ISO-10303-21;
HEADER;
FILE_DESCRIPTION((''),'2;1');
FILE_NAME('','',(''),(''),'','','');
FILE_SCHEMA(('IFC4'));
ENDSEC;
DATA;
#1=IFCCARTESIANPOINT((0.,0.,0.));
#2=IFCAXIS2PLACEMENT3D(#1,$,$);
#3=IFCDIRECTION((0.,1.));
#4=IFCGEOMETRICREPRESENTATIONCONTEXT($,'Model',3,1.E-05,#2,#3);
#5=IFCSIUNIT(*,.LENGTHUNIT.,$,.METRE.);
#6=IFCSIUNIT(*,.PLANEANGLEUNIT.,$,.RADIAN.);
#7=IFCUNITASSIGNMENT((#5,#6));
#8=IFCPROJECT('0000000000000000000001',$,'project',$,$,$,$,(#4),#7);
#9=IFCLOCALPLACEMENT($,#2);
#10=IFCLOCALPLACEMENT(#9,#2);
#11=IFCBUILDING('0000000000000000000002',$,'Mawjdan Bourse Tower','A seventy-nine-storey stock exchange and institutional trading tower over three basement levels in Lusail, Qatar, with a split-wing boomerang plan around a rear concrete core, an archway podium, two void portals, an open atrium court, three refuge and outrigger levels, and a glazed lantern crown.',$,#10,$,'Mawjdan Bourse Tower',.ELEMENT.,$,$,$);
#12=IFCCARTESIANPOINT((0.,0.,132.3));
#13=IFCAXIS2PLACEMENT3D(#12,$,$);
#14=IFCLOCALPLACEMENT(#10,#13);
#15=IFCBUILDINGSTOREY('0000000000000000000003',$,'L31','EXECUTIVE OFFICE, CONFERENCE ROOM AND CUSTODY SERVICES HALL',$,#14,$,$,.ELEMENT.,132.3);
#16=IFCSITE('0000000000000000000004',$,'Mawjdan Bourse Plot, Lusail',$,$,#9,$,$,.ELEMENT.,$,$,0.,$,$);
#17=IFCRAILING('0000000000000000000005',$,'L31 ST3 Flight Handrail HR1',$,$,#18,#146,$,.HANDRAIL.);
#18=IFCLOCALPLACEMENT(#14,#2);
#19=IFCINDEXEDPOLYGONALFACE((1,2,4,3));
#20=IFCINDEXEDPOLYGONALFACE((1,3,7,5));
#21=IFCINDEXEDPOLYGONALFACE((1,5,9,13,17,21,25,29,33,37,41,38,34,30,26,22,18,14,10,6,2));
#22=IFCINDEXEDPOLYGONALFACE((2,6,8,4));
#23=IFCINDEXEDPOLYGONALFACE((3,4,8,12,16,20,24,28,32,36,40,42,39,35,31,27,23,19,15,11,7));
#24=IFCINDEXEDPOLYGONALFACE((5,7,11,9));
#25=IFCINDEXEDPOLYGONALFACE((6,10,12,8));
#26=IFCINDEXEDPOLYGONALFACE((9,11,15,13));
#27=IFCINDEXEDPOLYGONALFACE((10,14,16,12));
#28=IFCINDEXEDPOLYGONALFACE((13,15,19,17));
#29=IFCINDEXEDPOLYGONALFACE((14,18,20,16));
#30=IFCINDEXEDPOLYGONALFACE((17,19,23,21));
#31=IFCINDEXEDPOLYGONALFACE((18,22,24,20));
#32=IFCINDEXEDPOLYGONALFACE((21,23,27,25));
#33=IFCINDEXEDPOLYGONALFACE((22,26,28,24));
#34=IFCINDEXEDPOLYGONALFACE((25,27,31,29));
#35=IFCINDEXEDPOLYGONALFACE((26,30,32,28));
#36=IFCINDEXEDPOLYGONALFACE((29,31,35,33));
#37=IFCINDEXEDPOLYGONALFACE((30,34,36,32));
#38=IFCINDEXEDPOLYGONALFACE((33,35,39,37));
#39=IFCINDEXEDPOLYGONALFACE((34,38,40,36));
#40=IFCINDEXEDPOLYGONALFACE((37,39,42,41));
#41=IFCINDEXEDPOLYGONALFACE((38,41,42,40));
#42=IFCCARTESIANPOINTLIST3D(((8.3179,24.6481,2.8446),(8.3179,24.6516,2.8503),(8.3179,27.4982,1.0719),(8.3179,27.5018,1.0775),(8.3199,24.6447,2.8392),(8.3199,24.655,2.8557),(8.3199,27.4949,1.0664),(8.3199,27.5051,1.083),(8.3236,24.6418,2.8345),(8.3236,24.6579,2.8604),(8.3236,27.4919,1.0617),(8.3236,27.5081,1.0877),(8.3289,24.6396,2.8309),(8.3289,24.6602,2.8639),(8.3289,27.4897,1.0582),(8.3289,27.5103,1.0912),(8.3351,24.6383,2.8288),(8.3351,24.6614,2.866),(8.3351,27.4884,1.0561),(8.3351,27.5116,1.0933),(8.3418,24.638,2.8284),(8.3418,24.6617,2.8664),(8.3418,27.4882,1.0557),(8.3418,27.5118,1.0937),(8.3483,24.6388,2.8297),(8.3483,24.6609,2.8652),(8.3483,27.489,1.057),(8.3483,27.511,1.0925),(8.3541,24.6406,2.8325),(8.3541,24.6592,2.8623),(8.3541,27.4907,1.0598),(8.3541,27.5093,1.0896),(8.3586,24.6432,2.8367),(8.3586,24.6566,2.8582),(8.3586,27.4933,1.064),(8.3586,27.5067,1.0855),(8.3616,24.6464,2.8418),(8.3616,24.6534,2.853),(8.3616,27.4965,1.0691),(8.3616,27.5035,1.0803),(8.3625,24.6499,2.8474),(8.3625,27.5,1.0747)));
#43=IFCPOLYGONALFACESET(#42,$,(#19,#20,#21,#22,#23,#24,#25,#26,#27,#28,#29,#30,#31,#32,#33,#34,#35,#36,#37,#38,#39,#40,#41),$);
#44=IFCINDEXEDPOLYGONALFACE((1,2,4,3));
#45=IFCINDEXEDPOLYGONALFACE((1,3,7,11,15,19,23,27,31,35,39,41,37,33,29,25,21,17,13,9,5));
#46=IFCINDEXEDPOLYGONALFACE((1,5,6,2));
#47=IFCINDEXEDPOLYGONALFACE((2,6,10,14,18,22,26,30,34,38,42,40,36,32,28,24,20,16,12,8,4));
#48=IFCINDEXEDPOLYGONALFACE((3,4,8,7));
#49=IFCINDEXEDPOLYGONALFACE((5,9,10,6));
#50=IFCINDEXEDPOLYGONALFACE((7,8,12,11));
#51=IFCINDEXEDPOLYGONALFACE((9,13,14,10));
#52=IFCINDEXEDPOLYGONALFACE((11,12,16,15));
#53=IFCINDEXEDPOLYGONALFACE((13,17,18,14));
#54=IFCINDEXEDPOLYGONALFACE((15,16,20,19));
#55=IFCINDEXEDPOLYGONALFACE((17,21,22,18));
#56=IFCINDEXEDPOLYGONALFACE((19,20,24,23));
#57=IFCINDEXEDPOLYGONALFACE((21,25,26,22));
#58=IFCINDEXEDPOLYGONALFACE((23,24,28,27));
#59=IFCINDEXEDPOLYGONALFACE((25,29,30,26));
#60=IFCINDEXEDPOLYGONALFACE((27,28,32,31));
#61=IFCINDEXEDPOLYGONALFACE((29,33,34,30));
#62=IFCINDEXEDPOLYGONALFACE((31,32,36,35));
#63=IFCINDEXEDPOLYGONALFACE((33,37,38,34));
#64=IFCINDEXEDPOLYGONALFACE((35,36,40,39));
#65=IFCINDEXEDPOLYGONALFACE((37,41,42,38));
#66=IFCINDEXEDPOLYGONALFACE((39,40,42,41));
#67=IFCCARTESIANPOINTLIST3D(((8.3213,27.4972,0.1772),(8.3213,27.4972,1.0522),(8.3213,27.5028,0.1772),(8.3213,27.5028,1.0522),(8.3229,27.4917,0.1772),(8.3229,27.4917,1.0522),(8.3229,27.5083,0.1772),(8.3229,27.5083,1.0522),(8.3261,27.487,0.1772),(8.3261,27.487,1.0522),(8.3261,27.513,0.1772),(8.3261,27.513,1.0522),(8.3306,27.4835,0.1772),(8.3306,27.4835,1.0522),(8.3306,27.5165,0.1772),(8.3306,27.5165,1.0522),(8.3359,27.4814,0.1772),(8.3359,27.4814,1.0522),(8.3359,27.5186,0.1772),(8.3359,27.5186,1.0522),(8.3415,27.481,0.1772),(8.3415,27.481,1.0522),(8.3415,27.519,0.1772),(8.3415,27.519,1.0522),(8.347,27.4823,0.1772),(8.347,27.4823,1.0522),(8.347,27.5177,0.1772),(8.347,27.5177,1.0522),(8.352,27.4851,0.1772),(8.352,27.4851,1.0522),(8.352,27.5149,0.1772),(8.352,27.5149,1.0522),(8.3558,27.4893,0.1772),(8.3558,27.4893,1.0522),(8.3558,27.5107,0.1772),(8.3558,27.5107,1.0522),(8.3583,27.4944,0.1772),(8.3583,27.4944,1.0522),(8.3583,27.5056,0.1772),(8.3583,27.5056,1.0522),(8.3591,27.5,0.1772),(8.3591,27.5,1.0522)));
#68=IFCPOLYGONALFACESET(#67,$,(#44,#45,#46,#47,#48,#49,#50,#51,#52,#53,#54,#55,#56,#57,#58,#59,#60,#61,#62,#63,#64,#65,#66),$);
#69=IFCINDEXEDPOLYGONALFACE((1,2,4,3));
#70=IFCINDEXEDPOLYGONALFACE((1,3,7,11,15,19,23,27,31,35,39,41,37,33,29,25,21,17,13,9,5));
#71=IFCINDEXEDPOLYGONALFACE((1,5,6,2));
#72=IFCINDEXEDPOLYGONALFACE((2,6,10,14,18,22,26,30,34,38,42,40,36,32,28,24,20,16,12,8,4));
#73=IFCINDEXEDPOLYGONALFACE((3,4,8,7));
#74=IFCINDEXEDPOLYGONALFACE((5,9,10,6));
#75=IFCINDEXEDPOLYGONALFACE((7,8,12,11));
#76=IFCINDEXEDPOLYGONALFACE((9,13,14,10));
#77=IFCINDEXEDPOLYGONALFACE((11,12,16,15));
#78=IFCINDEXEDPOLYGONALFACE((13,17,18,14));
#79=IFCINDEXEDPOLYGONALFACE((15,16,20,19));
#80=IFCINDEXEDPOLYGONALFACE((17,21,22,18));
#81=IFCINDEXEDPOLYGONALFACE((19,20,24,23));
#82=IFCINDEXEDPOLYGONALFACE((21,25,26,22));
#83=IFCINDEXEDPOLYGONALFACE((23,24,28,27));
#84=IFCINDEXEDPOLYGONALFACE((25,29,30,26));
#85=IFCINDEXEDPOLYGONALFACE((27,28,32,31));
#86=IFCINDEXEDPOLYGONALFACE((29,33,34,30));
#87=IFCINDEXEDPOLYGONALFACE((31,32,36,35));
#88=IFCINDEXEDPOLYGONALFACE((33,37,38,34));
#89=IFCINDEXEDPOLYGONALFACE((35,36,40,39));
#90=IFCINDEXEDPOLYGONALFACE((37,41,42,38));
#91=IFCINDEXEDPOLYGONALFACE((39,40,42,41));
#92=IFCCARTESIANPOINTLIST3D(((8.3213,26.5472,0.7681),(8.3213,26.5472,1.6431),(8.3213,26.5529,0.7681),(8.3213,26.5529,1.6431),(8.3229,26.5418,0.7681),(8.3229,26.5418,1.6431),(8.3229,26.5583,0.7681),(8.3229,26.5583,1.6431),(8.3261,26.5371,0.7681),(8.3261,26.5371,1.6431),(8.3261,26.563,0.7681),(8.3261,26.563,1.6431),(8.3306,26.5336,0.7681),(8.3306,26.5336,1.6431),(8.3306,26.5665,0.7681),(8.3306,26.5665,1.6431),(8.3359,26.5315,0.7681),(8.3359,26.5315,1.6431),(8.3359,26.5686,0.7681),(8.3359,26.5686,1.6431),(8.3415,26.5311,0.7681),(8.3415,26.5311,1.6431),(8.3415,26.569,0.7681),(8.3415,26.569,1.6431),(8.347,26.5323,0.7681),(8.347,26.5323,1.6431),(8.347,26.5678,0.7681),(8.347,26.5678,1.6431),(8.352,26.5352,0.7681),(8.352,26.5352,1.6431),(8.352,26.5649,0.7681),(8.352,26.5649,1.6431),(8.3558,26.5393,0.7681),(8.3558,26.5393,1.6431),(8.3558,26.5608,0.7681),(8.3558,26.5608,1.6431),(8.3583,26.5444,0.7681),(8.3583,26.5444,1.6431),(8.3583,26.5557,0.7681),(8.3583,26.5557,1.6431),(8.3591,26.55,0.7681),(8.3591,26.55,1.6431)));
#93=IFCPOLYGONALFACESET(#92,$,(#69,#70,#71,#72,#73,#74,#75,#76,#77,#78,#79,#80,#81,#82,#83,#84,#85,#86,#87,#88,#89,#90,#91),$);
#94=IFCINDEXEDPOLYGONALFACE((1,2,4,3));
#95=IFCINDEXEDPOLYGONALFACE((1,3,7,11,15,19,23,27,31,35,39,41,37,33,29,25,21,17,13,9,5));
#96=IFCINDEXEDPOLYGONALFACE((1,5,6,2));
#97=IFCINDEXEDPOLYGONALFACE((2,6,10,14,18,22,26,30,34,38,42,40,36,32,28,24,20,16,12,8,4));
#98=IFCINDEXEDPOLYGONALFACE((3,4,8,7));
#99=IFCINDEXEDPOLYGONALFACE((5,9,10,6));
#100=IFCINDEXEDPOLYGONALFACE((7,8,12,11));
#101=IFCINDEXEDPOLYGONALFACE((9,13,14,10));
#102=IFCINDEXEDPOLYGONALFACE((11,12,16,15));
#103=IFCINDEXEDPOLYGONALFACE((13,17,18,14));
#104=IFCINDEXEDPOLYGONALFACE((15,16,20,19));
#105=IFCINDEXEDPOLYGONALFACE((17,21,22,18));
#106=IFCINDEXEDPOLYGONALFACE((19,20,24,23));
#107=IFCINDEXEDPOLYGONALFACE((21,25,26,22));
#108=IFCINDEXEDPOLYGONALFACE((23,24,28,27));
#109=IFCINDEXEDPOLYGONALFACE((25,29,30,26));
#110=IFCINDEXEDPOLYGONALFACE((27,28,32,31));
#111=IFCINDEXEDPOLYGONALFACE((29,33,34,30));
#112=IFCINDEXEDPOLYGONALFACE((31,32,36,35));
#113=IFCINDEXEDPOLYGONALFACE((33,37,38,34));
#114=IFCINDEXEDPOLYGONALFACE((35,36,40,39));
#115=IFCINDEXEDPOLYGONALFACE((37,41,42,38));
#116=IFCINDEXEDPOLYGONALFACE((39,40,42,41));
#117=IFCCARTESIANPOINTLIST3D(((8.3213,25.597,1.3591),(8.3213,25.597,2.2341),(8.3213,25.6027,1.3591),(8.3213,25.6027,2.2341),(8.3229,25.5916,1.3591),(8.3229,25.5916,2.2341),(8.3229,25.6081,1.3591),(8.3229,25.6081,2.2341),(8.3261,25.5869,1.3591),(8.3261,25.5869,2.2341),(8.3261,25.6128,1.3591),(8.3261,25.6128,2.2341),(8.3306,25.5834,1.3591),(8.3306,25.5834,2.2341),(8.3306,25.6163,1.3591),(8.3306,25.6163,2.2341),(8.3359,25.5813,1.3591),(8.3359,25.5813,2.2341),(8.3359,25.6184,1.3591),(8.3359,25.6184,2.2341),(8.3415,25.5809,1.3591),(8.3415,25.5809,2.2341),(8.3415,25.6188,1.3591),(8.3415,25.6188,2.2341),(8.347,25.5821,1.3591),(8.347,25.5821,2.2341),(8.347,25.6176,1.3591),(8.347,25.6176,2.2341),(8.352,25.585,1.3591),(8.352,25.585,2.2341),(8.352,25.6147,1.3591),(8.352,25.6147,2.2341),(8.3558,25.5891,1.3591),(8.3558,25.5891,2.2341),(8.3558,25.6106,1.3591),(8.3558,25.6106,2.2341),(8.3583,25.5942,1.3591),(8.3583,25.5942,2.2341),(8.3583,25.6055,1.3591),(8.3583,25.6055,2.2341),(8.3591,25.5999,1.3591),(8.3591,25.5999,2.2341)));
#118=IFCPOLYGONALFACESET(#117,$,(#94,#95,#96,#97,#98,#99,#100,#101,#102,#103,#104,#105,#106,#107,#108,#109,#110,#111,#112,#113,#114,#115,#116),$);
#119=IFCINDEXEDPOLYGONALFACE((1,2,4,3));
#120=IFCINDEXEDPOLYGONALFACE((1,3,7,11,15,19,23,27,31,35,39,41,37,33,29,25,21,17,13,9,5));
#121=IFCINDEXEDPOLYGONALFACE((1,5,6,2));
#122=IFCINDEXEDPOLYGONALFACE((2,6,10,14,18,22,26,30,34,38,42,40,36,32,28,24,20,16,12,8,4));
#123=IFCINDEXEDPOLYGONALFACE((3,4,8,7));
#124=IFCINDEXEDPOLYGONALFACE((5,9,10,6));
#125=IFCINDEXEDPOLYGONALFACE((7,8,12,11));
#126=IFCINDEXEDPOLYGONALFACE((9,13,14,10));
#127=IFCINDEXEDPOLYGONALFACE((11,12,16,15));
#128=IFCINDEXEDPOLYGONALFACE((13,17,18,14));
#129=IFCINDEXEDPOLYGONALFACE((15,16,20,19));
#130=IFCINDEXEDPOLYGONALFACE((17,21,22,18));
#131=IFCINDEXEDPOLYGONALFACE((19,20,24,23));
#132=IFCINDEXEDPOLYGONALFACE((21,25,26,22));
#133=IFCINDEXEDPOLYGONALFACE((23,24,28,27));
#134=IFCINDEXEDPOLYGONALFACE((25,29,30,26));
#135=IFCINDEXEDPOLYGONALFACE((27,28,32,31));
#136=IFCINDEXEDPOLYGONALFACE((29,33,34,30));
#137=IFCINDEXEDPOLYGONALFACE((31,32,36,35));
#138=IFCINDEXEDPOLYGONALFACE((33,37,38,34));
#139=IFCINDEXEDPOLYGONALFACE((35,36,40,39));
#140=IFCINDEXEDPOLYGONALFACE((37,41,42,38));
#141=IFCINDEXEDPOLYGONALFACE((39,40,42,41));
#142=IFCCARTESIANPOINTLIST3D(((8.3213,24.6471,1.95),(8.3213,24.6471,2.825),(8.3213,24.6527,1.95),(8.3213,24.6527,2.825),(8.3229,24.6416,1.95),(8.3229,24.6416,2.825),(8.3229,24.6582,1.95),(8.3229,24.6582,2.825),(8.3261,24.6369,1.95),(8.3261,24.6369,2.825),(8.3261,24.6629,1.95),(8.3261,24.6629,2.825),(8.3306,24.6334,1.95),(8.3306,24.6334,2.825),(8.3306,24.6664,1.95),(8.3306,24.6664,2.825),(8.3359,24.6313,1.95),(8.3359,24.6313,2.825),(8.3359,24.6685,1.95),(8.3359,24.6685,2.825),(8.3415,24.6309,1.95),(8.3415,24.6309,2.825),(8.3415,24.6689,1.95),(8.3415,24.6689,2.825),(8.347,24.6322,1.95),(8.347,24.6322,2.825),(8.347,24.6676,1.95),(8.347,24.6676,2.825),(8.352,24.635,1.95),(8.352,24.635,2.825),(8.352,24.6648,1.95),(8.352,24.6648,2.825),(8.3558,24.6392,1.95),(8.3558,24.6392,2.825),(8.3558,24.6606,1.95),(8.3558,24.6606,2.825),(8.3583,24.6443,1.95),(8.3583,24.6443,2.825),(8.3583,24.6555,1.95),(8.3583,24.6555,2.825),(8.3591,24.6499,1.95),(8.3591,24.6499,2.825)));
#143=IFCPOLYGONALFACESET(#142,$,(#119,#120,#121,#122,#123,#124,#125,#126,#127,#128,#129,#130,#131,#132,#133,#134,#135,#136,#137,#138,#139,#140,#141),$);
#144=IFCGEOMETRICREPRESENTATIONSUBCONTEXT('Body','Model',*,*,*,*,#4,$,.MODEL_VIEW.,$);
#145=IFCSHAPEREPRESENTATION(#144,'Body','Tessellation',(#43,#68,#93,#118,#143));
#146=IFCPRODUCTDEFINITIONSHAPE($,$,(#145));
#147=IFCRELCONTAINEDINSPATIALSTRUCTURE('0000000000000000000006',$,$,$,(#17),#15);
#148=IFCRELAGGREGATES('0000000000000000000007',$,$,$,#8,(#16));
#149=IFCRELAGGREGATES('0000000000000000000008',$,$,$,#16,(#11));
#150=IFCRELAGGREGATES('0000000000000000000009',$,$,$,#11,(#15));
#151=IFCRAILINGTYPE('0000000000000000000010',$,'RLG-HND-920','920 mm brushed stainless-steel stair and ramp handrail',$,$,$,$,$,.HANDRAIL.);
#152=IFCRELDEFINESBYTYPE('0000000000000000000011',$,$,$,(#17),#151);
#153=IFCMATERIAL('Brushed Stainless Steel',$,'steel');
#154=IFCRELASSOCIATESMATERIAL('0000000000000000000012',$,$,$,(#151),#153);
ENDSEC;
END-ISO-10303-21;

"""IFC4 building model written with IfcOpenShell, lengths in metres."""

from ifc_helpers import new_model, si_unit, direction, frame, origin, origin_2d, place, context, subcontext, project, spatial, circle, extrude, material, type_object, element, save


model = new_model("IFC4")

# Units and contexts
model_context = context("Model", 3, precision=1e-05, world=origin(), true_north=direction((0.0, 1.0)))
body_context = subcontext(model_context, "Body", "Model", "MODEL_VIEW")
ifc_project = project(units=[si_unit("LENGTHUNIT", "METRE"), si_unit("PLANEANGLEUNIT", "RADIAN")], contexts=[model_context])

# Site, building, storey
site_placement = place(None, origin())
site = spatial("IfcSite", under=ifc_project, at=site_placement, Name="Mawjdan Bourse Plot, Lusail", CompositionType="ELEMENT", RefElevation=0.0)
building_placement = place(site_placement, origin())
building = spatial("IfcBuilding", under=site, at=building_placement, Name="Mawjdan Bourse Tower", Description="A seventy-nine-storey stock exchange and institutional trading tower over three basement levels in Lusail, Qatar, with a split-wing boomerang plan around a rear concrete core, an archway podium, two void portals, an open atrium court, three refuge and outrigger levels, and a glazed lantern crown.", LongName="Mawjdan Bourse Tower", CompositionType="ELEMENT")
storey_placement = place(building_placement, frame((0.0, 0.0, 132.3)))
storey = spatial("IfcBuildingStorey", under=building, at=storey_placement, Name="L31", Description="EXECUTIVE OFFICE, CONFERENCE ROOM AND CUSTODY SERVICES HALL", CompositionType="ELEMENT", Elevation=132.3)

# Railing
ifc_material_1 = material(Name="Brushed Stainless Steel", Category="steel")
railing_type_1 = type_object("IfcRailingType", Name="RLG-HND-920", Description="920 mm brushed stainless-steel stair and ramp handrail", PredefinedType="HANDRAIL", material=ifc_material_1)
for number, where, name in (
    (1, (8.3401, 27.5, 0.1772), "L31 ST3 Flight Handrail HR1"),
):
    element("IfcRailing", number, at=place(storey_placement, frame(where)), inside=storey, type_object=railing_type_1, Name=name, PredefinedType="HANDRAIL", context=body_context, shape_type="SweptSolid", body=[
        extrude(circle(Radius=0.0225, at=origin_2d()), frame((0.0, 0.0, 0.8975), z_axis=(0.0, -0.849149, 0.528154), x_axis=(1.0, 0.0, 0.0)), (0.0, 0.0, 1.0), 3.3564),
        extrude(circle(Radius=0.019, at=origin_2d()), origin(), (0.0, 0.0, 1.0), 0.875),
        extrude(circle(Radius=0.019, at=origin_2d()), frame((0.0, -0.95, 0.5908)), (0.0, 0.0, 1.0), 0.875),
        extrude(circle(Radius=0.019, at=origin_2d()), frame((0.0, -1.9001, 1.1819)), (0.0, 0.0, 1.0), 0.875),
        extrude(circle(Radius=0.019, at=origin_2d()), frame((0.0, -2.8501, 1.7727)), (0.0, 0.0, 1.0), 0.875),
    ])

save(model, "model.ifc")
